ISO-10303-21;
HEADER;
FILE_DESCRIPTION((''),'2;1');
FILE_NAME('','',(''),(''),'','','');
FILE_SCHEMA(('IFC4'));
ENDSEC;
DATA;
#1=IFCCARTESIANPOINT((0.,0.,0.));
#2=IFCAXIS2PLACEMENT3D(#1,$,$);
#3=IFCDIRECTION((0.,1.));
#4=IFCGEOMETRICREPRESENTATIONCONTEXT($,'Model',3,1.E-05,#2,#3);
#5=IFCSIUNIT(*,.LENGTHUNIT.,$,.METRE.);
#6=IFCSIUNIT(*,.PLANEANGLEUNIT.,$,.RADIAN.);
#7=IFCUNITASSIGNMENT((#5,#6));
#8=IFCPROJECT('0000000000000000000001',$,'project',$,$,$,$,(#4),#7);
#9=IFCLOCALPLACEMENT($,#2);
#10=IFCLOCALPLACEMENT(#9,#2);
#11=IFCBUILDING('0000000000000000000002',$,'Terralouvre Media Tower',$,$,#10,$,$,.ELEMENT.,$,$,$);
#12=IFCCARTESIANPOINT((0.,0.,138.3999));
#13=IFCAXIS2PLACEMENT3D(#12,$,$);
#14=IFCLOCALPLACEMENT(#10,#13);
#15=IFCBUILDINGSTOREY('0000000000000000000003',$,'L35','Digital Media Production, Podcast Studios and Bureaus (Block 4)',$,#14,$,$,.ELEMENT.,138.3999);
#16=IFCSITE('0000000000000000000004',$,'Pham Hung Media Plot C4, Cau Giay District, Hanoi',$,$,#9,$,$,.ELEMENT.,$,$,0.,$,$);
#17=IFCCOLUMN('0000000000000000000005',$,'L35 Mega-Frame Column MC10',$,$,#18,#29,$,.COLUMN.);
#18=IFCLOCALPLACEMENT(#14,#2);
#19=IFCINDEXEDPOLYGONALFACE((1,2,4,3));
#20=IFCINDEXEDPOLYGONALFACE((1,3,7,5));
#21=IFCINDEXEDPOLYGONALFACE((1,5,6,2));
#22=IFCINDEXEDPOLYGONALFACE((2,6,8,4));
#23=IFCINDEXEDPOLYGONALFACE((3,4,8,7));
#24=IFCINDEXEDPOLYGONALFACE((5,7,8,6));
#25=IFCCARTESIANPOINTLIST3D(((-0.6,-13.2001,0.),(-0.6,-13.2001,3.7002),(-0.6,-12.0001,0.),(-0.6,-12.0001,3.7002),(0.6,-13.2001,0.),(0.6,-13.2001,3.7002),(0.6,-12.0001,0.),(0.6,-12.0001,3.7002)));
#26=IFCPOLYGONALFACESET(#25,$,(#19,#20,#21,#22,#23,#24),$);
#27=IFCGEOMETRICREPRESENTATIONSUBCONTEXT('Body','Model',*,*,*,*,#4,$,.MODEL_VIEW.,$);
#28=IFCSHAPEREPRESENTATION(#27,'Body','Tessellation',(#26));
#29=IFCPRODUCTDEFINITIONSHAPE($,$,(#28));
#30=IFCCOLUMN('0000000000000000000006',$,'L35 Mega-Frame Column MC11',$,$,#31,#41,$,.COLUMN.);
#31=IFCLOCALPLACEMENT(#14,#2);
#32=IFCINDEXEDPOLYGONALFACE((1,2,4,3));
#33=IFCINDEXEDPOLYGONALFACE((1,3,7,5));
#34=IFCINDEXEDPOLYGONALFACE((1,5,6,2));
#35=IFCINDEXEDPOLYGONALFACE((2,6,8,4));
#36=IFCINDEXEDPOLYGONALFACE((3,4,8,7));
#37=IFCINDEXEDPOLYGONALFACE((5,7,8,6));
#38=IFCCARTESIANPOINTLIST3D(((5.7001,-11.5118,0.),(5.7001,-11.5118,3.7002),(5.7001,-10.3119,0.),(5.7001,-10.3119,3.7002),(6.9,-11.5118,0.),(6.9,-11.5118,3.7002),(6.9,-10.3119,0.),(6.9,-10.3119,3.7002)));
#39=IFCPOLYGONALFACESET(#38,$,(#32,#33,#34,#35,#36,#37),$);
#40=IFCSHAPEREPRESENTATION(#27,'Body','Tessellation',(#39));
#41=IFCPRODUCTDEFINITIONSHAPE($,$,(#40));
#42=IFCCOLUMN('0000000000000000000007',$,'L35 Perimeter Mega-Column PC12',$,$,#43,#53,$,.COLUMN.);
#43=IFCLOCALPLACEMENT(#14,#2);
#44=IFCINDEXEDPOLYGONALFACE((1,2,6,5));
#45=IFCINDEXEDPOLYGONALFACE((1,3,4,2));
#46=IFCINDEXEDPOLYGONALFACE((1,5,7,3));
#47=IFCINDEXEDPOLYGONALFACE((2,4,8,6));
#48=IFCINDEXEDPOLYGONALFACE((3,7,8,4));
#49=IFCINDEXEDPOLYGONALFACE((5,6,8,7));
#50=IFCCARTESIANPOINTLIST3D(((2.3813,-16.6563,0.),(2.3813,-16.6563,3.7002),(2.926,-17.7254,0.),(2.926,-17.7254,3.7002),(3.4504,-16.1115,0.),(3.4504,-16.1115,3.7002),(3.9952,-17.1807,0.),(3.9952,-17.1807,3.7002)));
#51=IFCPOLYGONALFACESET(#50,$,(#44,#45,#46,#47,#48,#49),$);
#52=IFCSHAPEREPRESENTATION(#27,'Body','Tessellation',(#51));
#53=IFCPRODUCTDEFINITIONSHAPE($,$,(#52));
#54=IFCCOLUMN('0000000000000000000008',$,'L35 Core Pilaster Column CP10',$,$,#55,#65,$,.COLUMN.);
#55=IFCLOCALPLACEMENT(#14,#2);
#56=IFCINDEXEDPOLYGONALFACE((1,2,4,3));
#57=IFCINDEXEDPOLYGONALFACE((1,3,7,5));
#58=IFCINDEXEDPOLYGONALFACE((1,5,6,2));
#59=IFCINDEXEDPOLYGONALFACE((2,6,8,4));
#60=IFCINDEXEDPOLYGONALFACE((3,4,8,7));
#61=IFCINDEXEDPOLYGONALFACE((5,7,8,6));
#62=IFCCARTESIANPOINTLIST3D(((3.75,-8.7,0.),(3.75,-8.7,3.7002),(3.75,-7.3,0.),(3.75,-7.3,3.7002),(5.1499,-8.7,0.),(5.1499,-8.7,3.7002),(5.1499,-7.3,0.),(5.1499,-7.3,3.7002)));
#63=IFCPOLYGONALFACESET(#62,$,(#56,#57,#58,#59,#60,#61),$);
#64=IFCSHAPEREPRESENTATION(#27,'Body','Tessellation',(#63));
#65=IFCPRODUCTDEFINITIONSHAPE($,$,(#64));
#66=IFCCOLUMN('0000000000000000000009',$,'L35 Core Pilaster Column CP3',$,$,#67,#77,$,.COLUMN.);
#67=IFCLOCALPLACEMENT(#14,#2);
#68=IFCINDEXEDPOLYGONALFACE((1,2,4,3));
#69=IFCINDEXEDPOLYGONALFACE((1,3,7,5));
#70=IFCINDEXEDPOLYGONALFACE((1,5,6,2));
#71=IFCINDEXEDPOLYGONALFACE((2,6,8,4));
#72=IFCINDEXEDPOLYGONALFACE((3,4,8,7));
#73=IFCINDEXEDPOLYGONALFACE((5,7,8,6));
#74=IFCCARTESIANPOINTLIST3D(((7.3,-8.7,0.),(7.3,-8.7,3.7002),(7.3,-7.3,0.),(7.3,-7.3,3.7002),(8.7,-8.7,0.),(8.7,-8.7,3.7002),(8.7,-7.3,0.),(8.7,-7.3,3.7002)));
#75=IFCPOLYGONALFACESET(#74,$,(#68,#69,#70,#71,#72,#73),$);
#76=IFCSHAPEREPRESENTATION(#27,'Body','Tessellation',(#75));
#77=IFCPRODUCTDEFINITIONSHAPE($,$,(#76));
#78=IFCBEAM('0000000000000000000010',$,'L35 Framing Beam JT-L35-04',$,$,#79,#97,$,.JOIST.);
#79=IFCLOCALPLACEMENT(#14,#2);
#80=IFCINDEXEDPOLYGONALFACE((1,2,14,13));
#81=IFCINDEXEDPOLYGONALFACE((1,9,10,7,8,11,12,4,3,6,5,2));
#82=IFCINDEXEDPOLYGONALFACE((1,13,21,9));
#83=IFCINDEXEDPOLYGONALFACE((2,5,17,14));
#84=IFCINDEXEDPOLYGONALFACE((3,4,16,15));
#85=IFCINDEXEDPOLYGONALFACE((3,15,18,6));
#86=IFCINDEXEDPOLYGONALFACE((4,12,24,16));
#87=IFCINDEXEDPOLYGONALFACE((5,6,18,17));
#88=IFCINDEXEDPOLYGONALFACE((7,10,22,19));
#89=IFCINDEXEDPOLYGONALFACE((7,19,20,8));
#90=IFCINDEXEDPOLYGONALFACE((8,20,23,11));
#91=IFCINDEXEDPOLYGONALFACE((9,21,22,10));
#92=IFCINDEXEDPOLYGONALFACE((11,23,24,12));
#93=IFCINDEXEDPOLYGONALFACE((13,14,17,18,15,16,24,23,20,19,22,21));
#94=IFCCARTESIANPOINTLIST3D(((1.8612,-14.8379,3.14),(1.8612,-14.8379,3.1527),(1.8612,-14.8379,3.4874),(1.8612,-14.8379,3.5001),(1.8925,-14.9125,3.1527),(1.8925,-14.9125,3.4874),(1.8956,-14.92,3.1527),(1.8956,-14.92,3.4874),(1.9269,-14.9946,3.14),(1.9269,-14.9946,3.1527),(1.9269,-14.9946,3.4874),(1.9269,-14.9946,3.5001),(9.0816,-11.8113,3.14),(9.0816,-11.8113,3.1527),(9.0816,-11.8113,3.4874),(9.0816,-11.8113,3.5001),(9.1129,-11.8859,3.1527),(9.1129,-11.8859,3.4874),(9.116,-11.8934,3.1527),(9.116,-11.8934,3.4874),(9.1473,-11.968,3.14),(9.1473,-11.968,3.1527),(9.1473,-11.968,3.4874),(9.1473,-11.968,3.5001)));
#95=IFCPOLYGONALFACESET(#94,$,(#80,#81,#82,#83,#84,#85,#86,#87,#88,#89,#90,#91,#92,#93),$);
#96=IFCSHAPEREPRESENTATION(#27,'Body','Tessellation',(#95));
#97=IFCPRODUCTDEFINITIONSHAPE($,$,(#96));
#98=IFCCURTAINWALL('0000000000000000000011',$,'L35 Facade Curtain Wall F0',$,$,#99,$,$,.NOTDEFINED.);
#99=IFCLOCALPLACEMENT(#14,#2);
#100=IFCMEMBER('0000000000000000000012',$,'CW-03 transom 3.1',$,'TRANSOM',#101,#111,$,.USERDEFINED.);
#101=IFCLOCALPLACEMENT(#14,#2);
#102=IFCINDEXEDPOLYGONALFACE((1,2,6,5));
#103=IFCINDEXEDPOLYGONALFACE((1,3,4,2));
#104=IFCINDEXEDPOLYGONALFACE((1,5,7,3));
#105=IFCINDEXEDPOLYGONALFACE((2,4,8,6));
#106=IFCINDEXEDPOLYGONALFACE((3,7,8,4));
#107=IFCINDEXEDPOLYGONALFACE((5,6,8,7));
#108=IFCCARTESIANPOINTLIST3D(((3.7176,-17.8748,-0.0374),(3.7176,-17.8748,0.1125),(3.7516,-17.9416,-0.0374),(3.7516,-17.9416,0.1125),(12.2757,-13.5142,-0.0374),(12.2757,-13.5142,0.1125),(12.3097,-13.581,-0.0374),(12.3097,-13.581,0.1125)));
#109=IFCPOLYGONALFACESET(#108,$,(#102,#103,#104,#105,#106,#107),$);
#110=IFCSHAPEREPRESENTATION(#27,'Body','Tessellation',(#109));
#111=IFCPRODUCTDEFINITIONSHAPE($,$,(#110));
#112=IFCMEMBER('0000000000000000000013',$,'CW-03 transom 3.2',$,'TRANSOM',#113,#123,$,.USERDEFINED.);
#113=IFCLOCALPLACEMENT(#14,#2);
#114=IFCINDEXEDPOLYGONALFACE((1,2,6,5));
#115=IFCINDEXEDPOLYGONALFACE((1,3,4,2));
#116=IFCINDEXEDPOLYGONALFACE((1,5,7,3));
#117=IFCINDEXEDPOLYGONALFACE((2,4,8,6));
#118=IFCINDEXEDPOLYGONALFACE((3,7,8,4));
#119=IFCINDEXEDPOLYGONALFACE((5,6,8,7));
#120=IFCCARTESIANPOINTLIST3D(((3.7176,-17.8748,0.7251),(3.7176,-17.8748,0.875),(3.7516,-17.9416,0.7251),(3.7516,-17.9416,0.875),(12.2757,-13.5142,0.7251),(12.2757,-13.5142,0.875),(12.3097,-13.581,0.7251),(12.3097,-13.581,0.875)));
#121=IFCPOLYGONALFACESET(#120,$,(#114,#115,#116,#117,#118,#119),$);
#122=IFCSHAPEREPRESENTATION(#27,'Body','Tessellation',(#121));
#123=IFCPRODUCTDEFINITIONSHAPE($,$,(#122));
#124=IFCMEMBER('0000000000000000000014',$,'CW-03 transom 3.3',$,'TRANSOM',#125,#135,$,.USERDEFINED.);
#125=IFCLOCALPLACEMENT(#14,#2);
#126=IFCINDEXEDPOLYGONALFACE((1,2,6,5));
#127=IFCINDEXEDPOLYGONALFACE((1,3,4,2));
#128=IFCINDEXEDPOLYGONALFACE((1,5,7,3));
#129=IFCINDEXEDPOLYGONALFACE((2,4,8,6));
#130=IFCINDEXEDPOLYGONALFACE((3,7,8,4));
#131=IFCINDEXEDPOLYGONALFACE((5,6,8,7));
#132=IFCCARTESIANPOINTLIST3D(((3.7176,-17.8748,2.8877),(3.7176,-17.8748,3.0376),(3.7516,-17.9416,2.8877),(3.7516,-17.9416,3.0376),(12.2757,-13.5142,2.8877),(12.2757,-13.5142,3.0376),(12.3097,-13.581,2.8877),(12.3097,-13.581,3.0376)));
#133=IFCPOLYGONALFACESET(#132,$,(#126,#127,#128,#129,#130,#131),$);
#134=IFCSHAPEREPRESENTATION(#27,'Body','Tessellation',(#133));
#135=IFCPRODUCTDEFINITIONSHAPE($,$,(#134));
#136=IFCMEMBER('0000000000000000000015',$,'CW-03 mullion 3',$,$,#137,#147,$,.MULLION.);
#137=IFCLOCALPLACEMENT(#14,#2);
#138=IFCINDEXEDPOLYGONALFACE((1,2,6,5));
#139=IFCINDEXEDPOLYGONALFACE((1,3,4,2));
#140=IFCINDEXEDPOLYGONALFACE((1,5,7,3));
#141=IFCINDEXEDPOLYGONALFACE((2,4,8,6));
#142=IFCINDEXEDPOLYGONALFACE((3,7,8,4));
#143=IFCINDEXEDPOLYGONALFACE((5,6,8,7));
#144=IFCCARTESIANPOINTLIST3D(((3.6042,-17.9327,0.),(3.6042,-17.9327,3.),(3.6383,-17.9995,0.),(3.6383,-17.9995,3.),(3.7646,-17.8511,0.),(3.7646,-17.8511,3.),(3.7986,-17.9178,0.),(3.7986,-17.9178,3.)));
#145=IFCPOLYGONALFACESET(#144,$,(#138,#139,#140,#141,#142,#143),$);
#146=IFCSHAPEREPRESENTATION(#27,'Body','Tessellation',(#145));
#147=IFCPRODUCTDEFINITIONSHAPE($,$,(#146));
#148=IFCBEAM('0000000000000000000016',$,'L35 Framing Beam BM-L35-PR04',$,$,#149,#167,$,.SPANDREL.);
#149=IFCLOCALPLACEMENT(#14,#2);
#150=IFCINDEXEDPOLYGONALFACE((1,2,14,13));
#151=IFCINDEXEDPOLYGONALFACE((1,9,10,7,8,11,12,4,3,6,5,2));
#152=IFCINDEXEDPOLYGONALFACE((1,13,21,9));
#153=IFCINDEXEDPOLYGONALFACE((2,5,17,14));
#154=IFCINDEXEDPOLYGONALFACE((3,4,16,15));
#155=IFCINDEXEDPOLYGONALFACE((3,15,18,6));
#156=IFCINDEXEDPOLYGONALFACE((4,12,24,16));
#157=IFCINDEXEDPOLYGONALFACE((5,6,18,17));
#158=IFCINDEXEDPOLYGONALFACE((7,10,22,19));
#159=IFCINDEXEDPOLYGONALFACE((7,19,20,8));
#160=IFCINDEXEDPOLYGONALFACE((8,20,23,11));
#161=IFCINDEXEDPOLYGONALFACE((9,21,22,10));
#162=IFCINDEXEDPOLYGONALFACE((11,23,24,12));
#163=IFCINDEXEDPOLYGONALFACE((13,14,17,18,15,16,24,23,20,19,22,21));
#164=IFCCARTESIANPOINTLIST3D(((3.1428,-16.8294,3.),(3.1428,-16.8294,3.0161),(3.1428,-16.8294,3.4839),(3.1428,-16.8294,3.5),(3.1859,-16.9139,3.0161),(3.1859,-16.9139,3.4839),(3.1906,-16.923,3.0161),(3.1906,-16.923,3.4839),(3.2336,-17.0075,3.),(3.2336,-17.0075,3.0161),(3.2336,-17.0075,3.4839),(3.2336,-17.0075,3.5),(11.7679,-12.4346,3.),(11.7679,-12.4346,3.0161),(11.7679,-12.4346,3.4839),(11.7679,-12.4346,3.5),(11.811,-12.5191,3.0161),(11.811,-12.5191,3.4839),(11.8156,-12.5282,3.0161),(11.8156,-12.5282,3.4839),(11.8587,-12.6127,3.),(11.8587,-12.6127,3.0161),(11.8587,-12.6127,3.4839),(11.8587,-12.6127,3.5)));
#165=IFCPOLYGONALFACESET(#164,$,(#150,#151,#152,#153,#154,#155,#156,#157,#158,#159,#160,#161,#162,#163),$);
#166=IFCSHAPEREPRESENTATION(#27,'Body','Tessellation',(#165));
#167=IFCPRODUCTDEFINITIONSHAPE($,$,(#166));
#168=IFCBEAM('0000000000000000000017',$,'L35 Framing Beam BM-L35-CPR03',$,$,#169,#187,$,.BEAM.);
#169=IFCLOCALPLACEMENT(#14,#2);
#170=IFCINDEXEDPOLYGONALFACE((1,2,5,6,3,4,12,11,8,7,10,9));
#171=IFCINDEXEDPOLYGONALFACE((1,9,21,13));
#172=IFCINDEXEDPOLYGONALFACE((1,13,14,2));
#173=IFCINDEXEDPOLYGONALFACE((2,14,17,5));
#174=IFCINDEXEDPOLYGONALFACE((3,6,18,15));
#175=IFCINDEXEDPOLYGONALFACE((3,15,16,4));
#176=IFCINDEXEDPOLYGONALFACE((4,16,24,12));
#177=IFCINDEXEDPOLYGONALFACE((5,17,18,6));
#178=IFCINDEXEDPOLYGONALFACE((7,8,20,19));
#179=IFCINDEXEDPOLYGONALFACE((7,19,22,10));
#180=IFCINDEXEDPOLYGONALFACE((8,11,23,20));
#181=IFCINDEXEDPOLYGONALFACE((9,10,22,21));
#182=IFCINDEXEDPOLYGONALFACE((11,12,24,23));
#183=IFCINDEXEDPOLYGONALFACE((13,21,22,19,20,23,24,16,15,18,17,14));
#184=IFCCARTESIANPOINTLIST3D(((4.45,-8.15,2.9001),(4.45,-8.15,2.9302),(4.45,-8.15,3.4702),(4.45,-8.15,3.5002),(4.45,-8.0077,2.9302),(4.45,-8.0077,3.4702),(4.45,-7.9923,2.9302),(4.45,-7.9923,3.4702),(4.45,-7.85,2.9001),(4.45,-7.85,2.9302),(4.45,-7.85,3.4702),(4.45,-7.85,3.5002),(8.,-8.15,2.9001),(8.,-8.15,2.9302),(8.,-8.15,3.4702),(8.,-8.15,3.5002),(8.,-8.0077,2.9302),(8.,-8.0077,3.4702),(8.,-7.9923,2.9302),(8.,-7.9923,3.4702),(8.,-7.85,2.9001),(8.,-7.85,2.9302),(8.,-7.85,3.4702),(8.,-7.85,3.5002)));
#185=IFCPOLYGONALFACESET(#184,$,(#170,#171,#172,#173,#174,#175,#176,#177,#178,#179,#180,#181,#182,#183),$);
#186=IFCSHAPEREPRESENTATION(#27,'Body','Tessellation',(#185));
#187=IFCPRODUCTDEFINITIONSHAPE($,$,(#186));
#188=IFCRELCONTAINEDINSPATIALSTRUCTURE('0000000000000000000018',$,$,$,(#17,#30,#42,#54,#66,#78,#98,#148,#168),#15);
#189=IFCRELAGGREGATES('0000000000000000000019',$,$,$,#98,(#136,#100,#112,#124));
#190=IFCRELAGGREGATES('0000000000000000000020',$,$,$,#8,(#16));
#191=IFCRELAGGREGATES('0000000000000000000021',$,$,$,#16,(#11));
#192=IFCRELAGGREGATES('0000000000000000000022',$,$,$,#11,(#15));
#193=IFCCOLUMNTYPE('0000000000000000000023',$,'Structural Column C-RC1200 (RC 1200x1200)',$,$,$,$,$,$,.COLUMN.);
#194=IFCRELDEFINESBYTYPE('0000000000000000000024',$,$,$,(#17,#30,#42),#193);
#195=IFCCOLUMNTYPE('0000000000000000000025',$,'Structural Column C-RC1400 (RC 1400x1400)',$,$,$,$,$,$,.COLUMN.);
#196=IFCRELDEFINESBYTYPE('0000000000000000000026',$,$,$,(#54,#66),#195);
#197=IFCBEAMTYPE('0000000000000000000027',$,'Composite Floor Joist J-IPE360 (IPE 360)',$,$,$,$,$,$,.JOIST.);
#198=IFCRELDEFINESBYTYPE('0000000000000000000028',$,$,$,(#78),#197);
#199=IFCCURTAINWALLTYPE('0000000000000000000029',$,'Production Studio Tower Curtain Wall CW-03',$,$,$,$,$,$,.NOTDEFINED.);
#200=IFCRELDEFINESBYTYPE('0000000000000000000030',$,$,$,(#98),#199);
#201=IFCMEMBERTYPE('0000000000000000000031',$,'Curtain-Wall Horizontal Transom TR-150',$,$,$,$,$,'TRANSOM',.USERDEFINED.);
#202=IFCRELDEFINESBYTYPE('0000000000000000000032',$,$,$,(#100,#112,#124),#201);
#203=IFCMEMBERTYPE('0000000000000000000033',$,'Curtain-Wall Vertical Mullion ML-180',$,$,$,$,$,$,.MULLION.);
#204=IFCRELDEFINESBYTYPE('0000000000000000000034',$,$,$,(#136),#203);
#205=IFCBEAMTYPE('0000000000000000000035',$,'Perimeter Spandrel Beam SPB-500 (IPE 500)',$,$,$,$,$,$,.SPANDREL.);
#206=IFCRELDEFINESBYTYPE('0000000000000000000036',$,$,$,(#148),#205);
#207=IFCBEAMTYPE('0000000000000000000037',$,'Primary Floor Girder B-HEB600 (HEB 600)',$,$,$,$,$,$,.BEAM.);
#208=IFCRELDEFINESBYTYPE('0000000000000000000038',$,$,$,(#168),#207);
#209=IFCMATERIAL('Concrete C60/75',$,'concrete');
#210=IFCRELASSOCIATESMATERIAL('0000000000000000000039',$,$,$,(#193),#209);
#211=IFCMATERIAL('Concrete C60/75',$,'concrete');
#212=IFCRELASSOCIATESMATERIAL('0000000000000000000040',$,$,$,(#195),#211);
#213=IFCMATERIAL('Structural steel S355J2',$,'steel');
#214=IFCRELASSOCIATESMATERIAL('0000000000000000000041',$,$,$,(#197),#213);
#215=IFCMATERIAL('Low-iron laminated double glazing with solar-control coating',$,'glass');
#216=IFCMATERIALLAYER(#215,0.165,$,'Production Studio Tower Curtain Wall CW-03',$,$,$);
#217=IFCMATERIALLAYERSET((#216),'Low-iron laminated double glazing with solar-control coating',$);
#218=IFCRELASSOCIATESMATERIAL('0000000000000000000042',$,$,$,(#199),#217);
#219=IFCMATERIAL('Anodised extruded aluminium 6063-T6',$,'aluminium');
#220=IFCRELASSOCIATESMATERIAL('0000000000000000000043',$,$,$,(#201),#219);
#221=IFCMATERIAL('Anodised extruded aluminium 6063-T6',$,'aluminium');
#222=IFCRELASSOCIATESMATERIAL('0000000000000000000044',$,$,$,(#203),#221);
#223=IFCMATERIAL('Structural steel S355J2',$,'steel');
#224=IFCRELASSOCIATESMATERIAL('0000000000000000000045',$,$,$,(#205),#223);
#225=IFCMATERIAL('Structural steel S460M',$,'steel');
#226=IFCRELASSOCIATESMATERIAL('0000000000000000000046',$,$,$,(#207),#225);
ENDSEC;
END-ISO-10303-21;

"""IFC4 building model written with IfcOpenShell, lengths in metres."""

from ifc_helpers import new_model, si_unit, direction, frame, origin, origin_2d, place, context, subcontext, project, spatial, rectangle, i_section, extrude, material, layer, layer_set, material_profile, profile_set, type_object, element, aggregate, save


model = new_model("IFC4")

# Units and contexts
model_context = context("Model", 3, precision=1e-05, world=origin(), true_north=direction((0.0, 1.0)))
body_context = subcontext(model_context, "Body", "Model", "MODEL_VIEW")
ifc_project = project(units=[si_unit("LENGTHUNIT", "METRE"), si_unit("PLANEANGLEUNIT", "RADIAN")], contexts=[model_context])

# Site, building, storey
site_placement = place(None, origin())
site = spatial("IfcSite", under=ifc_project, at=site_placement, Name="Pham Hung Media Plot C4, Cau Giay District, Hanoi", CompositionType="ELEMENT", RefElevation=0.0)
building_placement = place(site_placement, origin())
building = spatial("IfcBuilding", under=site, at=building_placement, Name="Terralouvre Media Tower", CompositionType="ELEMENT")
storey_placement = place(building_placement, frame((0.0, 0.0, 138.3999)))
storey = spatial("IfcBuildingStorey", under=building, at=storey_placement, Name="L35", Description="Digital Media Production, Podcast Studios and Bureaus (Block 4)", CompositionType="ELEMENT", Elevation=138.3999)

# Columns
ifc_material_1 = material(Name="Concrete C60/75", Category="concrete")
ifc_material_profile_1 = material_profile(ifc_material_1, rectangle(XDim=1.2, YDim=1.2, at=origin_2d()), Name="RC 1200x1200")
ifc_profile_set_1 = profile_set([ifc_material_profile_1], Name="Concrete C60/75")
column_type_1 = type_object("IfcColumnType", Name="Structural Column C-RC1200 (RC 1200x1200)", PredefinedType="COLUMN", material=ifc_profile_set_1)
for number, where, z_axis, x_axis, name in (
    (1, (0.0, -12.6001, 0.0), (0.0, 0.0, 1.0), (1.0, 0.0, 0.0), "L35 Mega-Frame Column MC10"),
    (2, (6.3, -10.9119, 0.0), (0.0, 0.0, 1.0), (1.0, 0.0, 0.0), "L35 Mega-Frame Column MC11"),
    (3, (3.1882, -16.9185, 0.0), (0.0, 0.0, 1.0), (0.891007, 0.45399, 0.0), "L35 Perimeter Mega-Column PC12"),
):
    element("IfcColumn", number, at=place(storey_placement, frame(where, z_axis=z_axis, x_axis=x_axis)), inside=storey, type_object=column_type_1, Name=name, PredefinedType="COLUMN", context=body_context, shape_type="SweptSolid", body=[
        extrude(rectangle(XDim=1.2, YDim=1.2, at=origin_2d()), origin(), (0.0, 0.0, 1.0), 3.7002),
    ])
ifc_material_2 = material(Name="Concrete C60/75", Category="concrete")
ifc_material_profile_2 = material_profile(ifc_material_2, rectangle(XDim=1.3999, YDim=1.3999, at=origin_2d()), Name="RC 1400x1400")
ifc_profile_set_2 = profile_set([ifc_material_profile_2], Name="Concrete C60/75")
column_type_2 = type_object("IfcColumnType", Name="Structural Column C-RC1400 (RC 1400x1400)", PredefinedType="COLUMN", material=ifc_profile_set_2)
for number, where, z_axis, x_axis, name in (
    (4, (4.45, -8.0, 0.0), (0.0, 0.0, 1.0), (1.0, 0.0, 0.0), "L35 Core Pilaster Column CP10"),
    (5, (8.0, -8.0, 0.0), (0.0, 0.0, 1.0), (1.0, 0.0, 0.0), "L35 Core Pilaster Column CP3"),
):
    element("IfcColumn", number, at=place(storey_placement, frame(where, z_axis=z_axis, x_axis=x_axis)), inside=storey, type_object=column_type_2, Name=name, PredefinedType="COLUMN", context=body_context, shape_type="SweptSolid", body=[
        extrude(rectangle(XDim=1.3999, YDim=1.3999, at=origin_2d()), origin(), (0.0, 0.0, 1.0), 3.7002),
    ])

# Beam
ifc_material_3 = material(Name="Structural steel S355J2", Category="steel")
ifc_material_profile_3 = material_profile(ifc_material_3, i_section(OverallWidth=0.1699, OverallDepth=0.3601, WebThickness=0.0081, FlangeThickness=0.0127, at=origin_2d()), Name="IPE 360")
ifc_profile_set_3 = profile_set([ifc_material_profile_3], Name="Structural steel S355J2")
beam_type_1 = type_object("IfcBeamType", Name="Composite Floor Joist J-IPE360 (IPE 360)", PredefinedType="JOIST", material=ifc_profile_set_3)
beam_1_placement = place(storey_placement, frame((1.894, -14.9163, 3.3201), z_axis=(0.922255, 0.386583, 0.0), x_axis=(-0.386583, 0.922255, 0.0)))
element("IfcBeam", 6, at=beam_1_placement, inside=storey, type_object=beam_type_1, Name="L35 Framing Beam JT-L35-04", PredefinedType="JOIST", context=body_context, shape_type="SweptSolid", body=[
    extrude(i_section(OverallWidth=0.1699, OverallDepth=0.3601, WebThickness=0.0081, FlangeThickness=0.0127, at=origin_2d()), origin(), (0.0, 0.0, 1.0), 7.8291),
])

# Curtain wall, members
ifc_material_4 = material(Name="Low-iron laminated double glazing with solar-control coating", Category="glass")
ifc_layer_1 = layer(ifc_material_4, 0.165, Name="Production Studio Tower Curtain Wall CW-03")
ifc_layer_set_1 = layer_set([ifc_layer_1], Name="Low-iron laminated double glazing with solar-control coating")
curtain_wall_type = type_object("IfcCurtainWallType", Name="Production Studio Tower Curtain Wall CW-03", PredefinedType="NOTDEFINED", material=ifc_layer_set_1)
curtain_wall_placement = place(storey_placement, origin())
curtain_wall = element("IfcCurtainWall", 7, at=curtain_wall_placement, inside=storey, type_object=curtain_wall_type, Name="L35 Facade Curtain Wall F0", PredefinedType="NOTDEFINED")
ifc_material_5 = material(Name="Anodised extruded aluminium 6063-T6", Category="aluminium")
ifc_material_profile_4 = material_profile(ifc_material_5, rectangle(XDim=0.075, YDim=0.1499, at=origin_2d()), Name="ALU 75x150")
ifc_profile_set_4 = profile_set([ifc_material_profile_4], Name="Anodised extruded aluminium 6063-T6")
member_type_1 = type_object("IfcMemberType", Name="Curtain-Wall Horizontal Transom TR-150", ElementType="TRANSOM", PredefinedType="USERDEFINED", material=ifc_profile_set_4)
member_1_placement = place(storey_placement, frame((3.7346, -17.9082, 0.0376), z_axis=(0.891006, 0.453992, 0.0), x_axis=(-0.453992, 0.891006, 0.0)))
member_1 = element("IfcMember", 8, at=member_1_placement, type_object=member_type_1, Name="CW-03 transom 3.1", ObjectType="TRANSOM", PredefinedType="USERDEFINED", context=body_context, shape_type="SweptSolid", body=[
    extrude(rectangle(XDim=0.075, YDim=0.1499, at=origin_2d()), origin(), (0.0, 0.0, 1.0), 9.605),
])
member_2_placement = place(storey_placement, frame((3.7346, -17.9082, 0.8), z_axis=(0.891006, 0.453992, 0.0), x_axis=(-0.453992, 0.891006, 0.0)))
member_2 = element("IfcMember", 9, at=member_2_placement, type_object=member_type_1, Name="CW-03 transom 3.2", ObjectType="TRANSOM", PredefinedType="USERDEFINED", context=body_context, shape_type="SweptSolid", body=[
    extrude(rectangle(XDim=0.075, YDim=0.1499, at=origin_2d()), origin(), (0.0, 0.0, 1.0), 9.605),
])
member_3_placement = place(storey_placement, frame((3.7346, -17.9082, 2.9626), z_axis=(0.891006, 0.453992, 0.0), x_axis=(-0.453992, 0.891006, 0.0)))
member_3 = element("IfcMember", 10, at=member_3_placement, type_object=member_type_1, Name="CW-03 transom 3.3", ObjectType="TRANSOM", PredefinedType="USERDEFINED", context=body_context, shape_type="SweptSolid", body=[
    extrude(rectangle(XDim=0.075, YDim=0.1499, at=origin_2d()), origin(), (0.0, 0.0, 1.0), 9.605),
])
ifc_material_6 = material(Name="Anodised extruded aluminium 6063-T6", Category="aluminium")
ifc_material_profile_5 = material_profile(ifc_material_6, rectangle(XDim=0.075, YDim=0.1799, at=origin_2d()), Name="ALU 75x180")
ifc_profile_set_5 = profile_set([ifc_material_profile_5], Name="Anodised extruded aluminium 6063-T6")
member_type_2 = type_object("IfcMemberType", Name="Curtain-Wall Vertical Mullion ML-180", PredefinedType="MULLION", material=ifc_profile_set_5)
member_4_placement = place(storey_placement, frame((3.7014, -17.9253, 0.0), z_axis=(0.0, 0.0, 1.0), x_axis=(-0.453991, 0.891007, 0.0)))
member_4 = element("IfcMember", 11, at=member_4_placement, type_object=member_type_2, Name="CW-03 mullion 3", PredefinedType="MULLION", context=body_context, shape_type="SweptSolid", body=[
    extrude(rectangle(XDim=0.075, YDim=0.1799, at=origin_2d()), origin(), (0.0, 0.0, 1.0), 3.0),
])

# Beams
ifc_material_7 = material(Name="Structural steel S355J2", Category="steel")
ifc_material_profile_6 = material_profile(ifc_material_7, i_section(OverallWidth=0.2, OverallDepth=0.5, WebThickness=0.0103, FlangeThickness=0.0161, at=origin_2d()), Name="IPE 500")
ifc_profile_set_6 = profile_set([ifc_material_profile_6], Name="Structural steel S355J2")
beam_type_2 = type_object("IfcBeamType", Name="Perimeter Spandrel Beam SPB-500 (IPE 500)", PredefinedType="SPANDREL", material=ifc_profile_set_6)
beam_2_placement = place(storey_placement, frame((3.1882, -16.9185, 3.25), z_axis=(0.891002, 0.454, 0.0), x_axis=(-0.454, 0.891002, 0.0)))
element("IfcBeam", 12, at=beam_2_placement, inside=storey, type_object=beam_type_2, Name="L35 Framing Beam BM-L35-PR04", PredefinedType="SPANDREL", context=body_context, shape_type="SweptSolid", body=[
    extrude(i_section(OverallWidth=0.2, OverallDepth=0.5, WebThickness=0.0103, FlangeThickness=0.0161, at=origin_2d()), origin(), (0.0, 0.0, 1.0), 9.6802),
])
ifc_material_8 = material(Name="Structural steel S460M", Category="steel")
ifc_material_profile_7 = material_profile(ifc_material_8, i_section(OverallWidth=0.3, OverallDepth=0.6001, WebThickness=0.0154, FlangeThickness=0.03, at=origin_2d()), Name="HEB 600")
ifc_profile_set_7 = profile_set([ifc_material_profile_7], Name="Structural steel S460M")
beam_type_3 = type_object("IfcBeamType", Name="Primary Floor Girder B-HEB600 (HEB 600)", PredefinedType="BEAM", material=ifc_profile_set_7)
beam_3_placement = place(storey_placement, frame((4.45, -8.0, 3.2002), z_axis=(1.0, 0.0, 0.0), x_axis=(0.0, 1.0, 0.0)))
element("IfcBeam", 13, at=beam_3_placement, inside=storey, type_object=beam_type_3, Name="L35 Framing Beam BM-L35-CPR03", PredefinedType="BEAM", context=body_context, shape_type="SweptSolid", body=[
    extrude(i_section(OverallWidth=0.3, OverallDepth=0.6001, WebThickness=0.0154, FlangeThickness=0.03, at=origin_2d()), origin(), (0.0, 0.0, 1.0), 3.55),
])

aggregate(curtain_wall, [member_4, member_1, member_2, member_3])

save(model, "model.ifc")
